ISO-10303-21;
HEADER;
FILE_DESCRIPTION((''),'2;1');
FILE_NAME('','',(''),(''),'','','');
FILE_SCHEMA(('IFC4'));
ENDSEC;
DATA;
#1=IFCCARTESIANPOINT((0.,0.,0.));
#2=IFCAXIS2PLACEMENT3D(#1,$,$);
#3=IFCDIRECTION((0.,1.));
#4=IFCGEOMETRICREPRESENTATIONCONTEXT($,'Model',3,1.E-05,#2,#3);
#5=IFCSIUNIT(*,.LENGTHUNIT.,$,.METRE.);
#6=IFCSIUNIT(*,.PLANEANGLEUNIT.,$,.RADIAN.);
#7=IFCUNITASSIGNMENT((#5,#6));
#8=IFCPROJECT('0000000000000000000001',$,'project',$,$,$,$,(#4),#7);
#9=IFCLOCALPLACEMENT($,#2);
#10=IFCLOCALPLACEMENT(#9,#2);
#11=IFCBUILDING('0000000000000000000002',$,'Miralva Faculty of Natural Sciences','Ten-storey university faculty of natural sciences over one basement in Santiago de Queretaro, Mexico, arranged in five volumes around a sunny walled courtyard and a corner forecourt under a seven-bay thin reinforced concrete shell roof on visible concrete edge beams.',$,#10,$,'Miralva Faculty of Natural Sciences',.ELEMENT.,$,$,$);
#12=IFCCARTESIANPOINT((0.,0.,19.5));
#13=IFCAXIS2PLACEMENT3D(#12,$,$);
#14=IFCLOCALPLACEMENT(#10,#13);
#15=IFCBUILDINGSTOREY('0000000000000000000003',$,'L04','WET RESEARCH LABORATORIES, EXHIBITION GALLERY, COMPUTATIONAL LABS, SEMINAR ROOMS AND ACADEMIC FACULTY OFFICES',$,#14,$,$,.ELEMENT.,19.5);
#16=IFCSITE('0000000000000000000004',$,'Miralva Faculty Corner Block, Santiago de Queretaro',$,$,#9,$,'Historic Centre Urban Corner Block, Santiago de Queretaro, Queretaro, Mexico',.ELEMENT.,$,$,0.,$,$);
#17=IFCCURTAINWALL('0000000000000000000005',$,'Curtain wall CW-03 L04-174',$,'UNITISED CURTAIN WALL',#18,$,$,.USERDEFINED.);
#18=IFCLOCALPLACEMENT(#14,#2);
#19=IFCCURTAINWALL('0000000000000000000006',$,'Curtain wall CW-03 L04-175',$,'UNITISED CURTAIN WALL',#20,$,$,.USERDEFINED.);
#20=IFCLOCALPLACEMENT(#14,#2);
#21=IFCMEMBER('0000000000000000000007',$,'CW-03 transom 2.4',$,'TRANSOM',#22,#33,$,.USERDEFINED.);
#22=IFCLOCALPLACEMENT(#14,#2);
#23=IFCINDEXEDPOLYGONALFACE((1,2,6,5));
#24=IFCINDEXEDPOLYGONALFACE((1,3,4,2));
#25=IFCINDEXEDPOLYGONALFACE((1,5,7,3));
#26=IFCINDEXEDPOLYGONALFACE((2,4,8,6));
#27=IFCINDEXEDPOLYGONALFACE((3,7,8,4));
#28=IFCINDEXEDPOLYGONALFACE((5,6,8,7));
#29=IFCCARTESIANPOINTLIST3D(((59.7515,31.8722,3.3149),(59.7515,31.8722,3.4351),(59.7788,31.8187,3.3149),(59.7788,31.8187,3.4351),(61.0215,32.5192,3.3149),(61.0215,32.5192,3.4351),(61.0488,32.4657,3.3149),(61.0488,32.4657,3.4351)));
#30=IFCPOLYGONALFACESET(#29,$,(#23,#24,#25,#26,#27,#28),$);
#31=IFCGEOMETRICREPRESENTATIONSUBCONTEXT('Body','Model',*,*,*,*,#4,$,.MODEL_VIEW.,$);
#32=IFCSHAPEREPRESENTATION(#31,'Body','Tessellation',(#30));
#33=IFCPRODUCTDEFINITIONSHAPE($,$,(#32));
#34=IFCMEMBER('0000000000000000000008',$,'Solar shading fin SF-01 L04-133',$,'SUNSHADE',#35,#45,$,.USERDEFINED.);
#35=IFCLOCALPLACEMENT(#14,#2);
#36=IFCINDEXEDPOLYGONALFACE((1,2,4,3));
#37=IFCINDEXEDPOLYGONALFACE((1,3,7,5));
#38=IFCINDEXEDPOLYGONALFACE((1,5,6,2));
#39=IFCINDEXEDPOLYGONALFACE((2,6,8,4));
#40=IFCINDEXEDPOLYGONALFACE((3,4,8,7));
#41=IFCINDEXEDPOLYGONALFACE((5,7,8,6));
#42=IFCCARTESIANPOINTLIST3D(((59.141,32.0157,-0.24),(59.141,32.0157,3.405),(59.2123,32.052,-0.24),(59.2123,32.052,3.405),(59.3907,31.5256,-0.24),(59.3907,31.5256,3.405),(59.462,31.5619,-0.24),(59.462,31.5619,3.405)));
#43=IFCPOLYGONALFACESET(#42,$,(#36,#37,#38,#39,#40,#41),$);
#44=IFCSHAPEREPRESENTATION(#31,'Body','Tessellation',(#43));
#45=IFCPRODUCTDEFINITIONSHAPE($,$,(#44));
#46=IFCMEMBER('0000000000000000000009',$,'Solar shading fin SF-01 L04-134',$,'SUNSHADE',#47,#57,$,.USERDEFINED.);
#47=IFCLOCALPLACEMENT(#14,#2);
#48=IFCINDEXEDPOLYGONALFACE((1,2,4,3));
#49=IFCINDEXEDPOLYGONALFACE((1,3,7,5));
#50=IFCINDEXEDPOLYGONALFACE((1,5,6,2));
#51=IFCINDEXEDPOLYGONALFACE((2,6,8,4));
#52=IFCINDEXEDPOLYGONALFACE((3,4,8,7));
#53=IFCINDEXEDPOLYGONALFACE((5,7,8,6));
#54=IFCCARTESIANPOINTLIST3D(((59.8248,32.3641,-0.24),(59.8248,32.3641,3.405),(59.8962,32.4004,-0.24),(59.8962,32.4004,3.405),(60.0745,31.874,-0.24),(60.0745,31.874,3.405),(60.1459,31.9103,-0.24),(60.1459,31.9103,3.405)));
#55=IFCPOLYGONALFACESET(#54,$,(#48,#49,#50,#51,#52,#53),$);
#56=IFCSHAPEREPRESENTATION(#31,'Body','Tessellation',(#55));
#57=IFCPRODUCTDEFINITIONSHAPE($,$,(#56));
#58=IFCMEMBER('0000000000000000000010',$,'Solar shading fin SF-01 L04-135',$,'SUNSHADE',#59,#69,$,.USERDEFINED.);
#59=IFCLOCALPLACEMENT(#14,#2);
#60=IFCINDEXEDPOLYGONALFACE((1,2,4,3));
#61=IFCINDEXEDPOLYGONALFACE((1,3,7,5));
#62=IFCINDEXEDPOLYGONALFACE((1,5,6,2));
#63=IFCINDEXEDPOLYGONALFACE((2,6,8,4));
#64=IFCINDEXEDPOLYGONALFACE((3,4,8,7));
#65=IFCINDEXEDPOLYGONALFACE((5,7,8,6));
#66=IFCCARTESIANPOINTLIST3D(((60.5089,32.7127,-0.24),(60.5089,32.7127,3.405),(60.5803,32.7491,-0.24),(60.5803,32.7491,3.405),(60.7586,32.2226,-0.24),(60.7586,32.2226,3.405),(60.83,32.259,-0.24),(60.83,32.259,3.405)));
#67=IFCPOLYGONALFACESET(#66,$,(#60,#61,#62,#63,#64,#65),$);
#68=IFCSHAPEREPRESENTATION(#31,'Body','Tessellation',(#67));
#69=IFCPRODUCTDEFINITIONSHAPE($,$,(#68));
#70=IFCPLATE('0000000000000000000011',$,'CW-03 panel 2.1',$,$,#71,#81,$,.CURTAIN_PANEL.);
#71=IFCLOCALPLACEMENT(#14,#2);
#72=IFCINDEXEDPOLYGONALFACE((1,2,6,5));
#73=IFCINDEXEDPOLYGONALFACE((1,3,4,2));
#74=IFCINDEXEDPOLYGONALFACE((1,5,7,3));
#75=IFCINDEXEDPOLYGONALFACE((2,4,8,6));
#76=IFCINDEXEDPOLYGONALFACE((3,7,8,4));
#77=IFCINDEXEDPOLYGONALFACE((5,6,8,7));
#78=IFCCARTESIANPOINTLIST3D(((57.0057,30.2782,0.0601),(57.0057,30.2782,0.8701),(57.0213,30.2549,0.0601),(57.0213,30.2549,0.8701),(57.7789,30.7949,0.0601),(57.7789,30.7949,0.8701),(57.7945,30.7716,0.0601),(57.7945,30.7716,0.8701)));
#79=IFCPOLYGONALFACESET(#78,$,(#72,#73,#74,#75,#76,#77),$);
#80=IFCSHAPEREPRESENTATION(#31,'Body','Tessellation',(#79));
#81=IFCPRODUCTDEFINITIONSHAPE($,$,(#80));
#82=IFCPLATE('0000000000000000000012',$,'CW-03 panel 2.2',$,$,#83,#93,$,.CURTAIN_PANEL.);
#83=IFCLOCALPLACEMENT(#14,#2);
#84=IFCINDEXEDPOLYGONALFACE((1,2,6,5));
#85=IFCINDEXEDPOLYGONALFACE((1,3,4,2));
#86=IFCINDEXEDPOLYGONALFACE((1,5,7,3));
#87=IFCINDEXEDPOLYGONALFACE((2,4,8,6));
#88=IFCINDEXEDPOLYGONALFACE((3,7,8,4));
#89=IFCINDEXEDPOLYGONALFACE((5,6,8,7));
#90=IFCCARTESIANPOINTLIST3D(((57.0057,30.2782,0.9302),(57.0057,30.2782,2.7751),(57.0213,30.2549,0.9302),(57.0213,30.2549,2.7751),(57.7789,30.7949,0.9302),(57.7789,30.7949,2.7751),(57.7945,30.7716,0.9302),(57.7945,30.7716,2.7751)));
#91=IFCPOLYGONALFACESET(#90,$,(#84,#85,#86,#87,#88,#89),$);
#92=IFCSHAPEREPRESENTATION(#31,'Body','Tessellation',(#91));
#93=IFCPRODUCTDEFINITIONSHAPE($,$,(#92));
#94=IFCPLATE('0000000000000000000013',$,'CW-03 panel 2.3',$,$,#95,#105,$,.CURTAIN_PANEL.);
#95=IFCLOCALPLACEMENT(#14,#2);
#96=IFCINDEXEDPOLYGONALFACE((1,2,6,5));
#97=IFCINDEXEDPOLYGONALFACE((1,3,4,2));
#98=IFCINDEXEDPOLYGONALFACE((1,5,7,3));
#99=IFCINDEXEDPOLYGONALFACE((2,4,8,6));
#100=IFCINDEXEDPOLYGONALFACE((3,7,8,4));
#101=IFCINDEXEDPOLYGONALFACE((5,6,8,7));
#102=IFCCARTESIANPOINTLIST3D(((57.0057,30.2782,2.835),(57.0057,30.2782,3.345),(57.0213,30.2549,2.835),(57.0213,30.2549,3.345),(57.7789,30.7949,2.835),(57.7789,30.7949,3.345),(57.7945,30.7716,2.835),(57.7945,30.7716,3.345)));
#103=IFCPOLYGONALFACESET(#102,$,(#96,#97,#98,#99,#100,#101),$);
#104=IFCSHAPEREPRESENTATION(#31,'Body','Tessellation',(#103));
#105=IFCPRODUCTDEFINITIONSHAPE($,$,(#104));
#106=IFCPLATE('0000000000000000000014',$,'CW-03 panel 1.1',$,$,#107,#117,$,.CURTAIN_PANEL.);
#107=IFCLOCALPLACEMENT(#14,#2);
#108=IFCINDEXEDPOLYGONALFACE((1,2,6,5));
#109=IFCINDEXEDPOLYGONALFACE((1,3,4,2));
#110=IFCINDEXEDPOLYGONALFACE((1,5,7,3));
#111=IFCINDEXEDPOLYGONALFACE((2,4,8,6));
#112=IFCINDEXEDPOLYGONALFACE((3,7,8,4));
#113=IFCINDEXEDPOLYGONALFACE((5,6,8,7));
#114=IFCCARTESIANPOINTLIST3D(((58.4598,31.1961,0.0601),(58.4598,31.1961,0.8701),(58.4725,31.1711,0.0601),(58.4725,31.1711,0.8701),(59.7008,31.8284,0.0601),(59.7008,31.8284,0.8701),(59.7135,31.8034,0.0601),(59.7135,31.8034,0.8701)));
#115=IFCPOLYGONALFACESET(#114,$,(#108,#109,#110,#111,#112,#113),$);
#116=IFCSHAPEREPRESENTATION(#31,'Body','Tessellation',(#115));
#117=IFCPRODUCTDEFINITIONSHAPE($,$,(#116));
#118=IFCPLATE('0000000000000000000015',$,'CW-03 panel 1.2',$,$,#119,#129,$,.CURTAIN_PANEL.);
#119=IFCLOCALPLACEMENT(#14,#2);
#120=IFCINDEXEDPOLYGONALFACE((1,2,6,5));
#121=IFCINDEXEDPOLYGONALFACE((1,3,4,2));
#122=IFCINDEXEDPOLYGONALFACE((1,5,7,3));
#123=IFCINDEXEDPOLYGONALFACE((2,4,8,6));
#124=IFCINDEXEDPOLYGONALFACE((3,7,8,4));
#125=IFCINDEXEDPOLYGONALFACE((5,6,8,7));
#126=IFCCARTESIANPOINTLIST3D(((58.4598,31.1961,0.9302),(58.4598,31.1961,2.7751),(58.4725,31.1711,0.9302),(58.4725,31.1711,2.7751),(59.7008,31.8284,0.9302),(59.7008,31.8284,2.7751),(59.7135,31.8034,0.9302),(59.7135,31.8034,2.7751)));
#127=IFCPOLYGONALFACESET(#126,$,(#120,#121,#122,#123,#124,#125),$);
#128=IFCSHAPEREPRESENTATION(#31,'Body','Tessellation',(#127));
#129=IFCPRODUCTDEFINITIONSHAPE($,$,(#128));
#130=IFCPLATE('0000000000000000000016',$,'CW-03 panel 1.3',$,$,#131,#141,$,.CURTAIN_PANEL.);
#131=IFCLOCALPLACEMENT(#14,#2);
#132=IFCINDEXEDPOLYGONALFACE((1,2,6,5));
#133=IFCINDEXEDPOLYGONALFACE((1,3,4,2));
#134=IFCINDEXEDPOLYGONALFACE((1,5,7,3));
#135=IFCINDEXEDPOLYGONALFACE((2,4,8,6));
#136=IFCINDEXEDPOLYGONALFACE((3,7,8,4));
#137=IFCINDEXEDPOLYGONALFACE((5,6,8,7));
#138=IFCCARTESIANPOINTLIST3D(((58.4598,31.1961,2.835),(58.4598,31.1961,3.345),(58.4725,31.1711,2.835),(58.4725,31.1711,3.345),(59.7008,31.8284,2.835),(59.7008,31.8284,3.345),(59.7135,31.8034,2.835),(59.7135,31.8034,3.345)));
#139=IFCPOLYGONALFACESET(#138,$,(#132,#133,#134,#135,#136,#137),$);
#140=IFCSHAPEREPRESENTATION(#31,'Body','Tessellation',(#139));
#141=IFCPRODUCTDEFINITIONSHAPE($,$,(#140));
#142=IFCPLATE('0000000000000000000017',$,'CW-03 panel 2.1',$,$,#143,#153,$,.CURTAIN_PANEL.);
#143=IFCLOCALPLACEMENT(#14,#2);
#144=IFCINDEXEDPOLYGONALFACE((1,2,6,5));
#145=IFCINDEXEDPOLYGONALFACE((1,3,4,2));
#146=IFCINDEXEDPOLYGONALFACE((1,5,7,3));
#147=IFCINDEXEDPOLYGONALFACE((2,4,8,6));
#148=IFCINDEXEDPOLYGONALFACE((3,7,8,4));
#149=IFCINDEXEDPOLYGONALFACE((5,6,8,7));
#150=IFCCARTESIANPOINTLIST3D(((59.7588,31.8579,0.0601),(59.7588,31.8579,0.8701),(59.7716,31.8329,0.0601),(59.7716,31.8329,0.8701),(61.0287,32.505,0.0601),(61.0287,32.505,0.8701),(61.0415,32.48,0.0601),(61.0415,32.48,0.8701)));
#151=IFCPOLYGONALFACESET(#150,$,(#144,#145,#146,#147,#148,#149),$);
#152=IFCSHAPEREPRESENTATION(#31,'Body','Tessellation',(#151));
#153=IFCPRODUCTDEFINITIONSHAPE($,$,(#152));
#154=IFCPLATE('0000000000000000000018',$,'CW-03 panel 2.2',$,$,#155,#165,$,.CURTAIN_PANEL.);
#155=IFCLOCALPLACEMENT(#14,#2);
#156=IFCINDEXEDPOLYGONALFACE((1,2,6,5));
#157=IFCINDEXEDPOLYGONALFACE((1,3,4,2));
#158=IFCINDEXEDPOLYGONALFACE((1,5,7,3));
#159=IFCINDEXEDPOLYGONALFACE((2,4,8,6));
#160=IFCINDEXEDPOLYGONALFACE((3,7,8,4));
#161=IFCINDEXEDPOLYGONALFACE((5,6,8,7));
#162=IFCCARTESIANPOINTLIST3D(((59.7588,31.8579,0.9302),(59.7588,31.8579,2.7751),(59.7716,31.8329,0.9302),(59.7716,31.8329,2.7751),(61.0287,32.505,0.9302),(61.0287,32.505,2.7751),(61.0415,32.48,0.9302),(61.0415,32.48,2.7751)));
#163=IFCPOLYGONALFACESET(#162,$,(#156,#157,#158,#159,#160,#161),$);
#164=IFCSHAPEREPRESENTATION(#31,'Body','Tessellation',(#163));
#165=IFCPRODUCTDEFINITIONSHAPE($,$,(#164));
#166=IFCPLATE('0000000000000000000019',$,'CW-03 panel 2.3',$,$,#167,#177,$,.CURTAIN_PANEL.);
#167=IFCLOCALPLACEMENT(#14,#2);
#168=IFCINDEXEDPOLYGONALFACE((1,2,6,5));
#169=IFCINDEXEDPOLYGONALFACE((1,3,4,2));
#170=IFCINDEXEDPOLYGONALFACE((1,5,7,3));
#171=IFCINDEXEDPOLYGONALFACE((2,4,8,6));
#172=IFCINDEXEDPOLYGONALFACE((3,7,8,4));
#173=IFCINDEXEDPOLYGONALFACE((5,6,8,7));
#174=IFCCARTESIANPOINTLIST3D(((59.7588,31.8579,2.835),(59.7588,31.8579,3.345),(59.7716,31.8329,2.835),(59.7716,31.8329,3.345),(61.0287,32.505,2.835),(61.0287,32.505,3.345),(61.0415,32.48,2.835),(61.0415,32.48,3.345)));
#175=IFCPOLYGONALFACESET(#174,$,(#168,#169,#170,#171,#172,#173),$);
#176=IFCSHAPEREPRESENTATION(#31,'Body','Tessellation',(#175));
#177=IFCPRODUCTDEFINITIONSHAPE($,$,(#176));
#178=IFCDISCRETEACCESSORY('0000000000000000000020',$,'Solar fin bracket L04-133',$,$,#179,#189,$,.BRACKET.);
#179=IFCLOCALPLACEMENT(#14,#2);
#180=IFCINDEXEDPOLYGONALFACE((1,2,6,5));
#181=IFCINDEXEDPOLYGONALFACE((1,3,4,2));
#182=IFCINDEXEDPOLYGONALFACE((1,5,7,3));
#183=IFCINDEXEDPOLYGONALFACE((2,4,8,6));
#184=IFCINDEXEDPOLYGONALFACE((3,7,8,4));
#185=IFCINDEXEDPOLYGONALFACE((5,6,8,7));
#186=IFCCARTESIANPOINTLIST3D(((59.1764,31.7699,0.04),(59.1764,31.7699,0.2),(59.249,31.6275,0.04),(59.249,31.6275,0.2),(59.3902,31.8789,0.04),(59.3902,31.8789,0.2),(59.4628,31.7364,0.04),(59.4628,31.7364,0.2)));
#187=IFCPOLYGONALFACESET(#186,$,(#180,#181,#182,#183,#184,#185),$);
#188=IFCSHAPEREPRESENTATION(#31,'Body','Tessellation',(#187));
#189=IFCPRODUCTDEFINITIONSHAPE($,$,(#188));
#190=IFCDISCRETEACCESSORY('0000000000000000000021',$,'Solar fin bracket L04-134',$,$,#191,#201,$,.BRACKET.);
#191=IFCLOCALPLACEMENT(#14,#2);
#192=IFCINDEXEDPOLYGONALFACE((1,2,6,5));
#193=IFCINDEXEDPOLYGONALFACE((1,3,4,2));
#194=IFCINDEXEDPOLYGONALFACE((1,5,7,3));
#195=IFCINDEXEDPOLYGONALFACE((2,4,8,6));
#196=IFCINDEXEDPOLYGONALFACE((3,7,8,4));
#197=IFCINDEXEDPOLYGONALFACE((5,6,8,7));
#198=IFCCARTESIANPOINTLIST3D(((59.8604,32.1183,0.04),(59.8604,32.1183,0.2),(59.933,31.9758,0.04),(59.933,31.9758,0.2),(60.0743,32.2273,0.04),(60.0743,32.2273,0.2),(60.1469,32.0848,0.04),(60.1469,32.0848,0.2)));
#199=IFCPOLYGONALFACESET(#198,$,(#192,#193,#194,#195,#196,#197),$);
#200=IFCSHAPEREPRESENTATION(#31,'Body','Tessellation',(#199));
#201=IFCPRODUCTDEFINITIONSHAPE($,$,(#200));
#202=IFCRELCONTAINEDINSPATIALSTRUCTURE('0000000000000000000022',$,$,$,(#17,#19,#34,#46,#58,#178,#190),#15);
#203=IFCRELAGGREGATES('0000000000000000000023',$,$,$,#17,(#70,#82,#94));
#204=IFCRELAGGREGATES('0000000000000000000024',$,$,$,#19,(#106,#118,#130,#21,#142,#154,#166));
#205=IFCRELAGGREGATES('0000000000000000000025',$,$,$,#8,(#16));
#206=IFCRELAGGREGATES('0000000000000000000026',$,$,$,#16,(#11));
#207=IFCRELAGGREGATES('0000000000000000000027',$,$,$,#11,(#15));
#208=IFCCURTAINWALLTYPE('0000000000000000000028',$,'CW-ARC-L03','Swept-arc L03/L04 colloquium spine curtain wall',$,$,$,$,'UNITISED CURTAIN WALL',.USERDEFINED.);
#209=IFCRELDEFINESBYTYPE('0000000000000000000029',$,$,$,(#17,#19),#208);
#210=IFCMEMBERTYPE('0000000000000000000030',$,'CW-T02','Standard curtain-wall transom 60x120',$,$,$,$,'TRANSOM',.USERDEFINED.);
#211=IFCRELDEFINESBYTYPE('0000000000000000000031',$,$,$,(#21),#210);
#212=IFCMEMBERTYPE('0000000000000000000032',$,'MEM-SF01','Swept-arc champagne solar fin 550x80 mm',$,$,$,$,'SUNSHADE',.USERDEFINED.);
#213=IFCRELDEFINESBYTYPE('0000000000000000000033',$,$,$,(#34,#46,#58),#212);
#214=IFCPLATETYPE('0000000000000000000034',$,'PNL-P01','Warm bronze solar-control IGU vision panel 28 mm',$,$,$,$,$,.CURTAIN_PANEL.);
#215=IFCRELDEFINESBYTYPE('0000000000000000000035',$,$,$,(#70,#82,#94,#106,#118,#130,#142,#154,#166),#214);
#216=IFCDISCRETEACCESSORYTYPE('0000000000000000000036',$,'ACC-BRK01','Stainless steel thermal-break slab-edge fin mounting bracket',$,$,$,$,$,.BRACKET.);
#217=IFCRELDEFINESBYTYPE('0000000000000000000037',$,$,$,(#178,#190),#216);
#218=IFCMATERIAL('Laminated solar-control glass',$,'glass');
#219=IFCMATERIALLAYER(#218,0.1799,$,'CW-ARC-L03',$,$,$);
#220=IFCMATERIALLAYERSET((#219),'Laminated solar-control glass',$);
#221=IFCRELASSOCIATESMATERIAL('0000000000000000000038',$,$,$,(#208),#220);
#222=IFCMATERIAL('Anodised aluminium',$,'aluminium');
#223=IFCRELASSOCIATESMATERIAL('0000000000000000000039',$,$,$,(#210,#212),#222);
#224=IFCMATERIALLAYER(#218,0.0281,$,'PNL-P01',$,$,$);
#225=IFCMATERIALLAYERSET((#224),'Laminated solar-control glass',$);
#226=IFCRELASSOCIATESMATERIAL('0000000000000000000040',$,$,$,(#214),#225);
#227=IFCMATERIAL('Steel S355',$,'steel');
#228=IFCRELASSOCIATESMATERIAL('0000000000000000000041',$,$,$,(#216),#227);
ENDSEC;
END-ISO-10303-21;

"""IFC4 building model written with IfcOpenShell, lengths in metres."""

from ifc_helpers import new_model, si_unit, direction, frame, origin, origin_2d, place, context, subcontext, project, spatial, rectangle, extrude, material, layer, layer_set, material_profile, profile_set, type_object, element, aggregate, save


model = new_model("IFC4")

# Units and contexts
model_context = context("Model", 3, precision=1e-05, world=origin(), true_north=direction((0.0, 1.0)))
body_context = subcontext(model_context, "Body", "Model", "MODEL_VIEW")
ifc_project = project(units=[si_unit("LENGTHUNIT", "METRE"), si_unit("PLANEANGLEUNIT", "RADIAN")], contexts=[model_context])

# Site, building, storey
site_placement = place(None, origin())
site = spatial("IfcSite", under=ifc_project, at=site_placement, Name="Miralva Faculty Corner Block, Santiago de Queretaro", LongName="Historic Centre Urban Corner Block, Santiago de Queretaro, Queretaro, Mexico", CompositionType="ELEMENT", RefElevation=0.0)
building_placement = place(site_placement, origin())
building = spatial("IfcBuilding", under=site, at=building_placement, Name="Miralva Faculty of Natural Sciences", Description="Ten-storey university faculty of natural sciences over one basement in Santiago de Queretaro, Mexico, arranged in five volumes around a sunny walled courtyard and a corner forecourt under a seven-bay thin reinforced concrete shell roof on visible concrete edge beams.", LongName="Miralva Faculty of Natural Sciences", CompositionType="ELEMENT")
storey_placement = place(building_placement, frame((0.0, 0.0, 19.5)))
storey = spatial("IfcBuildingStorey", under=building, at=storey_placement, Name="L04", Description="WET RESEARCH LABORATORIES, EXHIBITION GALLERY, COMPUTATIONAL LABS, SEMINAR ROOMS AND ACADEMIC FACULTY OFFICES", CompositionType="ELEMENT", Elevation=19.5)

# Curtain wall
ifc_material_1 = material(Name="Laminated solar-control glass", Category="glass")
ifc_layer_1 = layer(ifc_material_1, 0.1799, Name="CW-ARC-L03")
ifc_layer_set_1 = layer_set([ifc_layer_1], Name="Laminated solar-control glass")
curtain_wall_type = type_object("IfcCurtainWallType", Name="CW-ARC-L03", Description="Swept-arc L03/L04 colloquium spine curtain wall", ElementType="UNITISED CURTAIN WALL", PredefinedType="USERDEFINED", material=ifc_layer_set_1)
curtain_wall_1_placement = place(storey_placement, origin())
curtain_wall_1 = element("IfcCurtainWall", 1, at=curtain_wall_1_placement, inside=storey, type_object=curtain_wall_type, Name="Curtain wall CW-03 L04-174", ObjectType="UNITISED CURTAIN WALL", PredefinedType="USERDEFINED")
ifc_material_2 = material(Name="Anodised aluminium", Category="aluminium")

# Curtain wall
curtain_wall_2_placement = place(storey_placement, origin())
curtain_wall_2 = element("IfcCurtainWall", 2, at=curtain_wall_2_placement, inside=storey, type_object=curtain_wall_type, Name="Curtain wall CW-03 L04-175", ObjectType="UNITISED CURTAIN WALL", PredefinedType="USERDEFINED")

# Member
ifc_material_profile_1 = material_profile(ifc_material_2, rectangle(XDim=0.0601, YDim=0.1201, at=origin_2d()), Name="TRANSOM 60x120")
ifc_profile_set_1 = profile_set([ifc_material_profile_1], Name="Anodised aluminium")
member_type_1 = type_object("IfcMemberType", Name="CW-T02", Description="Standard curtain-wall transom 60x120", ElementType="TRANSOM", PredefinedType="USERDEFINED", material=ifc_profile_set_1)
member_1_placement = place(storey_placement, frame((59.7651, 31.8455, 3.375), z_axis=(0.891045, 0.453916, 0.0), x_axis=(-0.453916, 0.891045, 0.0)))
member_1 = element("IfcMember", 3, at=member_1_placement, type_object=member_type_1, Name="CW-03 transom 2.4", ObjectType="TRANSOM", PredefinedType="USERDEFINED", context=body_context, shape_type="SweptSolid", body=[
    extrude(rectangle(XDim=0.0601, YDim=0.1201, at=origin_2d()), origin(), (0.0, 0.0, 1.0), 1.4253),
])

# Members
ifc_material_profile_2 = material_profile(ifc_material_2, rectangle(XDim=0.0801, YDim=0.55, at=origin_2d()), Name="FIN 550x80")
ifc_profile_set_2 = profile_set([ifc_material_profile_2], Name="Anodised aluminium")
member_type_2 = type_object("IfcMemberType", Name="MEM-SF01", Description="Swept-arc champagne solar fin 550x80 mm", ElementType="SUNSHADE", PredefinedType="USERDEFINED", material=ifc_profile_set_2)
for number, where, z_axis, x_axis, name in (
    (4, (59.3015, 31.7888, -0.24), (0.0, 0.0, 1.0), (-0.891007, -0.45399, 0.0), "Solar shading fin SF-01 L04-133"),
    (5, (59.9854, 32.1372, -0.24), (0.0, 0.0, 1.0), (-0.891007, -0.45399, 0.0), "Solar shading fin SF-01 L04-134"),
    (6, (60.6694, 32.4858, -0.24), (0.0, 0.0, 1.0), (-0.891007, -0.45399, 0.0), "Solar shading fin SF-01 L04-135"),
):
    element("IfcMember", number, at=place(storey_placement, frame(where, z_axis=z_axis, x_axis=x_axis)), inside=storey, type_object=member_type_2, Name=name, ObjectType="SUNSHADE", PredefinedType="USERDEFINED", context=body_context, shape_type="SweptSolid", body=[
        extrude(rectangle(XDim=0.0801, YDim=0.55, at=origin_2d()), origin(), (0.0, 0.0, 1.0), 3.645),
    ])

# Plates
ifc_layer_2 = layer(ifc_material_1, 0.0281, Name="PNL-P01")
ifc_layer_set_2 = layer_set([ifc_layer_2], Name="Laminated solar-control glass")
plate_type = type_object("IfcPlateType", Name="PNL-P01", Description="Warm bronze solar-control IGU vision panel 28 mm", PredefinedType="CURTAIN_PANEL", material=ifc_layer_set_2)
plate_1_placement = place(storey_placement, frame((57.4001, 30.5249, 0.0601), z_axis=(0.0, 0.0, 1.0), x_axis=(0.831458, 0.555587, 0.0)))
plate_1 = element("IfcPlate", 7, at=plate_1_placement, type_object=plate_type, Name="CW-03 panel 2.1", PredefinedType="CURTAIN_PANEL", context=body_context, shape_type="SweptSolid", body=[
    extrude(rectangle(XDim=0.9299, YDim=0.0281, at=origin_2d()), origin(), (0.0, 0.0, 1.0), 0.8101),
])
plate_2_placement = place(storey_placement, frame((57.4001, 30.5249, 0.9302), z_axis=(0.0, 0.0, 1.0), x_axis=(0.831458, 0.555587, 0.0)))
plate_2 = element("IfcPlate", 8, at=plate_2_placement, type_object=plate_type, Name="CW-03 panel 2.2", PredefinedType="CURTAIN_PANEL", context=body_context, shape_type="SweptSolid", body=[
    extrude(rectangle(XDim=0.9299, YDim=0.0281, at=origin_2d()), origin(), (0.0, 0.0, 1.0), 1.845),
])
plate_3_placement = place(storey_placement, frame((57.4001, 30.5249, 2.835), z_axis=(0.0, 0.0, 1.0), x_axis=(0.831458, 0.555587, 0.0)))
plate_3 = element("IfcPlate", 9, at=plate_3_placement, type_object=plate_type, Name="CW-03 panel 2.3", PredefinedType="CURTAIN_PANEL", context=body_context, shape_type="SweptSolid", body=[
    extrude(rectangle(XDim=0.9299, YDim=0.0281, at=origin_2d()), origin(), (0.0, 0.0, 1.0), 0.51),
])
aggregate(curtain_wall_1, [plate_1, plate_2, plate_3])
plate_4_placement = place(storey_placement, frame((59.0867, 31.4998, 0.0601), z_axis=(0.0, 0.0, 1.0), x_axis=(0.891002, 0.454, 0.0)))
plate_4 = element("IfcPlate", 10, at=plate_4_placement, type_object=plate_type, Name="CW-03 panel 1.1", PredefinedType="CURTAIN_PANEL", context=body_context, shape_type="SweptSolid", body=[
    extrude(rectangle(XDim=1.3928, YDim=0.0281, at=origin_2d()), origin(), (0.0, 0.0, 1.0), 0.8101),
])
plate_5_placement = place(storey_placement, frame((59.0867, 31.4998, 0.9302), z_axis=(0.0, 0.0, 1.0), x_axis=(0.891002, 0.454, 0.0)))
plate_5 = element("IfcPlate", 11, at=plate_5_placement, type_object=plate_type, Name="CW-03 panel 1.2", PredefinedType="CURTAIN_PANEL", context=body_context, shape_type="SweptSolid", body=[
    extrude(rectangle(XDim=1.3928, YDim=0.0281, at=origin_2d()), origin(), (0.0, 0.0, 1.0), 1.845),
])
plate_6_placement = place(storey_placement, frame((59.0867, 31.4998, 2.835), z_axis=(0.0, 0.0, 1.0), x_axis=(0.891002, 0.454, 0.0)))
plate_6 = element("IfcPlate", 12, at=plate_6_placement, type_object=plate_type, Name="CW-03 panel 1.3", PredefinedType="CURTAIN_PANEL", context=body_context, shape_type="SweptSolid", body=[
    extrude(rectangle(XDim=1.3928, YDim=0.0281, at=origin_2d()), origin(), (0.0, 0.0, 1.0), 0.51),
])
plate_7_placement = place(storey_placement, frame((60.4001, 32.1689, 0.0601), z_axis=(0.0, 0.0, 1.0), x_axis=(0.891002, 0.454, 0.0)))
plate_7 = element("IfcPlate", 13, at=plate_7_placement, type_object=plate_type, Name="CW-03 panel 2.1", PredefinedType="CURTAIN_PANEL", context=body_context, shape_type="SweptSolid", body=[
    extrude(rectangle(XDim=1.4253, YDim=0.0281, at=origin_2d()), origin(), (0.0, 0.0, 1.0), 0.8101),
])
plate_8_placement = place(storey_placement, frame((60.4001, 32.1689, 0.9302), z_axis=(0.0, 0.0, 1.0), x_axis=(0.891002, 0.454, 0.0)))
plate_8 = element("IfcPlate", 14, at=plate_8_placement, type_object=plate_type, Name="CW-03 panel 2.2", PredefinedType="CURTAIN_PANEL", context=body_context, shape_type="SweptSolid", body=[
    extrude(rectangle(XDim=1.4253, YDim=0.0281, at=origin_2d()), origin(), (0.0, 0.0, 1.0), 1.845),
])
plate_9_placement = place(storey_placement, frame((60.4001, 32.1689, 2.835), z_axis=(0.0, 0.0, 1.0), x_axis=(0.891002, 0.454, 0.0)))
plate_9 = element("IfcPlate", 15, at=plate_9_placement, type_object=plate_type, Name="CW-03 panel 2.3", PredefinedType="CURTAIN_PANEL", context=body_context, shape_type="SweptSolid", body=[
    extrude(rectangle(XDim=1.4253, YDim=0.0281, at=origin_2d()), origin(), (0.0, 0.0, 1.0), 0.51),
])
aggregate(curtain_wall_2, [plate_4, plate_5, plate_6, member_1, plate_7, plate_8, plate_9])

# Discrete accessories
ifc_material_3 = material(Name="Steel S355", Category="steel")
discrete_accessory_type = type_object("IfcDiscreteAccessoryType", Name="ACC-BRK01", Description="Stainless steel thermal-break slab-edge fin mounting bracket", PredefinedType="BRACKET", material=ifc_material_3)
for number, where, z_axis, x_axis, name in (
    (16, (59.3196, 31.7532, 0.04), (0.0, 0.0, 1.0), (-0.45399, 0.891007, 0.0), "Solar fin bracket L04-133"),
    (17, (60.0037, 32.1016, 0.04), (0.0, 0.0, 1.0), (-0.45399, 0.891007, 0.0), "Solar fin bracket L04-134"),
):
    element("IfcDiscreteAccessory", number, at=place(storey_placement, frame(where, z_axis=z_axis, x_axis=x_axis)), inside=storey, type_object=discrete_accessory_type, Name=name, PredefinedType="BRACKET", context=body_context, shape_type="SweptSolid", body=[
        extrude(rectangle(XDim=0.1599, YDim=0.24, at=origin_2d()), origin(), (0.0, 0.0, 1.0), 0.1599),
    ])

save(model, "model.ifc")
